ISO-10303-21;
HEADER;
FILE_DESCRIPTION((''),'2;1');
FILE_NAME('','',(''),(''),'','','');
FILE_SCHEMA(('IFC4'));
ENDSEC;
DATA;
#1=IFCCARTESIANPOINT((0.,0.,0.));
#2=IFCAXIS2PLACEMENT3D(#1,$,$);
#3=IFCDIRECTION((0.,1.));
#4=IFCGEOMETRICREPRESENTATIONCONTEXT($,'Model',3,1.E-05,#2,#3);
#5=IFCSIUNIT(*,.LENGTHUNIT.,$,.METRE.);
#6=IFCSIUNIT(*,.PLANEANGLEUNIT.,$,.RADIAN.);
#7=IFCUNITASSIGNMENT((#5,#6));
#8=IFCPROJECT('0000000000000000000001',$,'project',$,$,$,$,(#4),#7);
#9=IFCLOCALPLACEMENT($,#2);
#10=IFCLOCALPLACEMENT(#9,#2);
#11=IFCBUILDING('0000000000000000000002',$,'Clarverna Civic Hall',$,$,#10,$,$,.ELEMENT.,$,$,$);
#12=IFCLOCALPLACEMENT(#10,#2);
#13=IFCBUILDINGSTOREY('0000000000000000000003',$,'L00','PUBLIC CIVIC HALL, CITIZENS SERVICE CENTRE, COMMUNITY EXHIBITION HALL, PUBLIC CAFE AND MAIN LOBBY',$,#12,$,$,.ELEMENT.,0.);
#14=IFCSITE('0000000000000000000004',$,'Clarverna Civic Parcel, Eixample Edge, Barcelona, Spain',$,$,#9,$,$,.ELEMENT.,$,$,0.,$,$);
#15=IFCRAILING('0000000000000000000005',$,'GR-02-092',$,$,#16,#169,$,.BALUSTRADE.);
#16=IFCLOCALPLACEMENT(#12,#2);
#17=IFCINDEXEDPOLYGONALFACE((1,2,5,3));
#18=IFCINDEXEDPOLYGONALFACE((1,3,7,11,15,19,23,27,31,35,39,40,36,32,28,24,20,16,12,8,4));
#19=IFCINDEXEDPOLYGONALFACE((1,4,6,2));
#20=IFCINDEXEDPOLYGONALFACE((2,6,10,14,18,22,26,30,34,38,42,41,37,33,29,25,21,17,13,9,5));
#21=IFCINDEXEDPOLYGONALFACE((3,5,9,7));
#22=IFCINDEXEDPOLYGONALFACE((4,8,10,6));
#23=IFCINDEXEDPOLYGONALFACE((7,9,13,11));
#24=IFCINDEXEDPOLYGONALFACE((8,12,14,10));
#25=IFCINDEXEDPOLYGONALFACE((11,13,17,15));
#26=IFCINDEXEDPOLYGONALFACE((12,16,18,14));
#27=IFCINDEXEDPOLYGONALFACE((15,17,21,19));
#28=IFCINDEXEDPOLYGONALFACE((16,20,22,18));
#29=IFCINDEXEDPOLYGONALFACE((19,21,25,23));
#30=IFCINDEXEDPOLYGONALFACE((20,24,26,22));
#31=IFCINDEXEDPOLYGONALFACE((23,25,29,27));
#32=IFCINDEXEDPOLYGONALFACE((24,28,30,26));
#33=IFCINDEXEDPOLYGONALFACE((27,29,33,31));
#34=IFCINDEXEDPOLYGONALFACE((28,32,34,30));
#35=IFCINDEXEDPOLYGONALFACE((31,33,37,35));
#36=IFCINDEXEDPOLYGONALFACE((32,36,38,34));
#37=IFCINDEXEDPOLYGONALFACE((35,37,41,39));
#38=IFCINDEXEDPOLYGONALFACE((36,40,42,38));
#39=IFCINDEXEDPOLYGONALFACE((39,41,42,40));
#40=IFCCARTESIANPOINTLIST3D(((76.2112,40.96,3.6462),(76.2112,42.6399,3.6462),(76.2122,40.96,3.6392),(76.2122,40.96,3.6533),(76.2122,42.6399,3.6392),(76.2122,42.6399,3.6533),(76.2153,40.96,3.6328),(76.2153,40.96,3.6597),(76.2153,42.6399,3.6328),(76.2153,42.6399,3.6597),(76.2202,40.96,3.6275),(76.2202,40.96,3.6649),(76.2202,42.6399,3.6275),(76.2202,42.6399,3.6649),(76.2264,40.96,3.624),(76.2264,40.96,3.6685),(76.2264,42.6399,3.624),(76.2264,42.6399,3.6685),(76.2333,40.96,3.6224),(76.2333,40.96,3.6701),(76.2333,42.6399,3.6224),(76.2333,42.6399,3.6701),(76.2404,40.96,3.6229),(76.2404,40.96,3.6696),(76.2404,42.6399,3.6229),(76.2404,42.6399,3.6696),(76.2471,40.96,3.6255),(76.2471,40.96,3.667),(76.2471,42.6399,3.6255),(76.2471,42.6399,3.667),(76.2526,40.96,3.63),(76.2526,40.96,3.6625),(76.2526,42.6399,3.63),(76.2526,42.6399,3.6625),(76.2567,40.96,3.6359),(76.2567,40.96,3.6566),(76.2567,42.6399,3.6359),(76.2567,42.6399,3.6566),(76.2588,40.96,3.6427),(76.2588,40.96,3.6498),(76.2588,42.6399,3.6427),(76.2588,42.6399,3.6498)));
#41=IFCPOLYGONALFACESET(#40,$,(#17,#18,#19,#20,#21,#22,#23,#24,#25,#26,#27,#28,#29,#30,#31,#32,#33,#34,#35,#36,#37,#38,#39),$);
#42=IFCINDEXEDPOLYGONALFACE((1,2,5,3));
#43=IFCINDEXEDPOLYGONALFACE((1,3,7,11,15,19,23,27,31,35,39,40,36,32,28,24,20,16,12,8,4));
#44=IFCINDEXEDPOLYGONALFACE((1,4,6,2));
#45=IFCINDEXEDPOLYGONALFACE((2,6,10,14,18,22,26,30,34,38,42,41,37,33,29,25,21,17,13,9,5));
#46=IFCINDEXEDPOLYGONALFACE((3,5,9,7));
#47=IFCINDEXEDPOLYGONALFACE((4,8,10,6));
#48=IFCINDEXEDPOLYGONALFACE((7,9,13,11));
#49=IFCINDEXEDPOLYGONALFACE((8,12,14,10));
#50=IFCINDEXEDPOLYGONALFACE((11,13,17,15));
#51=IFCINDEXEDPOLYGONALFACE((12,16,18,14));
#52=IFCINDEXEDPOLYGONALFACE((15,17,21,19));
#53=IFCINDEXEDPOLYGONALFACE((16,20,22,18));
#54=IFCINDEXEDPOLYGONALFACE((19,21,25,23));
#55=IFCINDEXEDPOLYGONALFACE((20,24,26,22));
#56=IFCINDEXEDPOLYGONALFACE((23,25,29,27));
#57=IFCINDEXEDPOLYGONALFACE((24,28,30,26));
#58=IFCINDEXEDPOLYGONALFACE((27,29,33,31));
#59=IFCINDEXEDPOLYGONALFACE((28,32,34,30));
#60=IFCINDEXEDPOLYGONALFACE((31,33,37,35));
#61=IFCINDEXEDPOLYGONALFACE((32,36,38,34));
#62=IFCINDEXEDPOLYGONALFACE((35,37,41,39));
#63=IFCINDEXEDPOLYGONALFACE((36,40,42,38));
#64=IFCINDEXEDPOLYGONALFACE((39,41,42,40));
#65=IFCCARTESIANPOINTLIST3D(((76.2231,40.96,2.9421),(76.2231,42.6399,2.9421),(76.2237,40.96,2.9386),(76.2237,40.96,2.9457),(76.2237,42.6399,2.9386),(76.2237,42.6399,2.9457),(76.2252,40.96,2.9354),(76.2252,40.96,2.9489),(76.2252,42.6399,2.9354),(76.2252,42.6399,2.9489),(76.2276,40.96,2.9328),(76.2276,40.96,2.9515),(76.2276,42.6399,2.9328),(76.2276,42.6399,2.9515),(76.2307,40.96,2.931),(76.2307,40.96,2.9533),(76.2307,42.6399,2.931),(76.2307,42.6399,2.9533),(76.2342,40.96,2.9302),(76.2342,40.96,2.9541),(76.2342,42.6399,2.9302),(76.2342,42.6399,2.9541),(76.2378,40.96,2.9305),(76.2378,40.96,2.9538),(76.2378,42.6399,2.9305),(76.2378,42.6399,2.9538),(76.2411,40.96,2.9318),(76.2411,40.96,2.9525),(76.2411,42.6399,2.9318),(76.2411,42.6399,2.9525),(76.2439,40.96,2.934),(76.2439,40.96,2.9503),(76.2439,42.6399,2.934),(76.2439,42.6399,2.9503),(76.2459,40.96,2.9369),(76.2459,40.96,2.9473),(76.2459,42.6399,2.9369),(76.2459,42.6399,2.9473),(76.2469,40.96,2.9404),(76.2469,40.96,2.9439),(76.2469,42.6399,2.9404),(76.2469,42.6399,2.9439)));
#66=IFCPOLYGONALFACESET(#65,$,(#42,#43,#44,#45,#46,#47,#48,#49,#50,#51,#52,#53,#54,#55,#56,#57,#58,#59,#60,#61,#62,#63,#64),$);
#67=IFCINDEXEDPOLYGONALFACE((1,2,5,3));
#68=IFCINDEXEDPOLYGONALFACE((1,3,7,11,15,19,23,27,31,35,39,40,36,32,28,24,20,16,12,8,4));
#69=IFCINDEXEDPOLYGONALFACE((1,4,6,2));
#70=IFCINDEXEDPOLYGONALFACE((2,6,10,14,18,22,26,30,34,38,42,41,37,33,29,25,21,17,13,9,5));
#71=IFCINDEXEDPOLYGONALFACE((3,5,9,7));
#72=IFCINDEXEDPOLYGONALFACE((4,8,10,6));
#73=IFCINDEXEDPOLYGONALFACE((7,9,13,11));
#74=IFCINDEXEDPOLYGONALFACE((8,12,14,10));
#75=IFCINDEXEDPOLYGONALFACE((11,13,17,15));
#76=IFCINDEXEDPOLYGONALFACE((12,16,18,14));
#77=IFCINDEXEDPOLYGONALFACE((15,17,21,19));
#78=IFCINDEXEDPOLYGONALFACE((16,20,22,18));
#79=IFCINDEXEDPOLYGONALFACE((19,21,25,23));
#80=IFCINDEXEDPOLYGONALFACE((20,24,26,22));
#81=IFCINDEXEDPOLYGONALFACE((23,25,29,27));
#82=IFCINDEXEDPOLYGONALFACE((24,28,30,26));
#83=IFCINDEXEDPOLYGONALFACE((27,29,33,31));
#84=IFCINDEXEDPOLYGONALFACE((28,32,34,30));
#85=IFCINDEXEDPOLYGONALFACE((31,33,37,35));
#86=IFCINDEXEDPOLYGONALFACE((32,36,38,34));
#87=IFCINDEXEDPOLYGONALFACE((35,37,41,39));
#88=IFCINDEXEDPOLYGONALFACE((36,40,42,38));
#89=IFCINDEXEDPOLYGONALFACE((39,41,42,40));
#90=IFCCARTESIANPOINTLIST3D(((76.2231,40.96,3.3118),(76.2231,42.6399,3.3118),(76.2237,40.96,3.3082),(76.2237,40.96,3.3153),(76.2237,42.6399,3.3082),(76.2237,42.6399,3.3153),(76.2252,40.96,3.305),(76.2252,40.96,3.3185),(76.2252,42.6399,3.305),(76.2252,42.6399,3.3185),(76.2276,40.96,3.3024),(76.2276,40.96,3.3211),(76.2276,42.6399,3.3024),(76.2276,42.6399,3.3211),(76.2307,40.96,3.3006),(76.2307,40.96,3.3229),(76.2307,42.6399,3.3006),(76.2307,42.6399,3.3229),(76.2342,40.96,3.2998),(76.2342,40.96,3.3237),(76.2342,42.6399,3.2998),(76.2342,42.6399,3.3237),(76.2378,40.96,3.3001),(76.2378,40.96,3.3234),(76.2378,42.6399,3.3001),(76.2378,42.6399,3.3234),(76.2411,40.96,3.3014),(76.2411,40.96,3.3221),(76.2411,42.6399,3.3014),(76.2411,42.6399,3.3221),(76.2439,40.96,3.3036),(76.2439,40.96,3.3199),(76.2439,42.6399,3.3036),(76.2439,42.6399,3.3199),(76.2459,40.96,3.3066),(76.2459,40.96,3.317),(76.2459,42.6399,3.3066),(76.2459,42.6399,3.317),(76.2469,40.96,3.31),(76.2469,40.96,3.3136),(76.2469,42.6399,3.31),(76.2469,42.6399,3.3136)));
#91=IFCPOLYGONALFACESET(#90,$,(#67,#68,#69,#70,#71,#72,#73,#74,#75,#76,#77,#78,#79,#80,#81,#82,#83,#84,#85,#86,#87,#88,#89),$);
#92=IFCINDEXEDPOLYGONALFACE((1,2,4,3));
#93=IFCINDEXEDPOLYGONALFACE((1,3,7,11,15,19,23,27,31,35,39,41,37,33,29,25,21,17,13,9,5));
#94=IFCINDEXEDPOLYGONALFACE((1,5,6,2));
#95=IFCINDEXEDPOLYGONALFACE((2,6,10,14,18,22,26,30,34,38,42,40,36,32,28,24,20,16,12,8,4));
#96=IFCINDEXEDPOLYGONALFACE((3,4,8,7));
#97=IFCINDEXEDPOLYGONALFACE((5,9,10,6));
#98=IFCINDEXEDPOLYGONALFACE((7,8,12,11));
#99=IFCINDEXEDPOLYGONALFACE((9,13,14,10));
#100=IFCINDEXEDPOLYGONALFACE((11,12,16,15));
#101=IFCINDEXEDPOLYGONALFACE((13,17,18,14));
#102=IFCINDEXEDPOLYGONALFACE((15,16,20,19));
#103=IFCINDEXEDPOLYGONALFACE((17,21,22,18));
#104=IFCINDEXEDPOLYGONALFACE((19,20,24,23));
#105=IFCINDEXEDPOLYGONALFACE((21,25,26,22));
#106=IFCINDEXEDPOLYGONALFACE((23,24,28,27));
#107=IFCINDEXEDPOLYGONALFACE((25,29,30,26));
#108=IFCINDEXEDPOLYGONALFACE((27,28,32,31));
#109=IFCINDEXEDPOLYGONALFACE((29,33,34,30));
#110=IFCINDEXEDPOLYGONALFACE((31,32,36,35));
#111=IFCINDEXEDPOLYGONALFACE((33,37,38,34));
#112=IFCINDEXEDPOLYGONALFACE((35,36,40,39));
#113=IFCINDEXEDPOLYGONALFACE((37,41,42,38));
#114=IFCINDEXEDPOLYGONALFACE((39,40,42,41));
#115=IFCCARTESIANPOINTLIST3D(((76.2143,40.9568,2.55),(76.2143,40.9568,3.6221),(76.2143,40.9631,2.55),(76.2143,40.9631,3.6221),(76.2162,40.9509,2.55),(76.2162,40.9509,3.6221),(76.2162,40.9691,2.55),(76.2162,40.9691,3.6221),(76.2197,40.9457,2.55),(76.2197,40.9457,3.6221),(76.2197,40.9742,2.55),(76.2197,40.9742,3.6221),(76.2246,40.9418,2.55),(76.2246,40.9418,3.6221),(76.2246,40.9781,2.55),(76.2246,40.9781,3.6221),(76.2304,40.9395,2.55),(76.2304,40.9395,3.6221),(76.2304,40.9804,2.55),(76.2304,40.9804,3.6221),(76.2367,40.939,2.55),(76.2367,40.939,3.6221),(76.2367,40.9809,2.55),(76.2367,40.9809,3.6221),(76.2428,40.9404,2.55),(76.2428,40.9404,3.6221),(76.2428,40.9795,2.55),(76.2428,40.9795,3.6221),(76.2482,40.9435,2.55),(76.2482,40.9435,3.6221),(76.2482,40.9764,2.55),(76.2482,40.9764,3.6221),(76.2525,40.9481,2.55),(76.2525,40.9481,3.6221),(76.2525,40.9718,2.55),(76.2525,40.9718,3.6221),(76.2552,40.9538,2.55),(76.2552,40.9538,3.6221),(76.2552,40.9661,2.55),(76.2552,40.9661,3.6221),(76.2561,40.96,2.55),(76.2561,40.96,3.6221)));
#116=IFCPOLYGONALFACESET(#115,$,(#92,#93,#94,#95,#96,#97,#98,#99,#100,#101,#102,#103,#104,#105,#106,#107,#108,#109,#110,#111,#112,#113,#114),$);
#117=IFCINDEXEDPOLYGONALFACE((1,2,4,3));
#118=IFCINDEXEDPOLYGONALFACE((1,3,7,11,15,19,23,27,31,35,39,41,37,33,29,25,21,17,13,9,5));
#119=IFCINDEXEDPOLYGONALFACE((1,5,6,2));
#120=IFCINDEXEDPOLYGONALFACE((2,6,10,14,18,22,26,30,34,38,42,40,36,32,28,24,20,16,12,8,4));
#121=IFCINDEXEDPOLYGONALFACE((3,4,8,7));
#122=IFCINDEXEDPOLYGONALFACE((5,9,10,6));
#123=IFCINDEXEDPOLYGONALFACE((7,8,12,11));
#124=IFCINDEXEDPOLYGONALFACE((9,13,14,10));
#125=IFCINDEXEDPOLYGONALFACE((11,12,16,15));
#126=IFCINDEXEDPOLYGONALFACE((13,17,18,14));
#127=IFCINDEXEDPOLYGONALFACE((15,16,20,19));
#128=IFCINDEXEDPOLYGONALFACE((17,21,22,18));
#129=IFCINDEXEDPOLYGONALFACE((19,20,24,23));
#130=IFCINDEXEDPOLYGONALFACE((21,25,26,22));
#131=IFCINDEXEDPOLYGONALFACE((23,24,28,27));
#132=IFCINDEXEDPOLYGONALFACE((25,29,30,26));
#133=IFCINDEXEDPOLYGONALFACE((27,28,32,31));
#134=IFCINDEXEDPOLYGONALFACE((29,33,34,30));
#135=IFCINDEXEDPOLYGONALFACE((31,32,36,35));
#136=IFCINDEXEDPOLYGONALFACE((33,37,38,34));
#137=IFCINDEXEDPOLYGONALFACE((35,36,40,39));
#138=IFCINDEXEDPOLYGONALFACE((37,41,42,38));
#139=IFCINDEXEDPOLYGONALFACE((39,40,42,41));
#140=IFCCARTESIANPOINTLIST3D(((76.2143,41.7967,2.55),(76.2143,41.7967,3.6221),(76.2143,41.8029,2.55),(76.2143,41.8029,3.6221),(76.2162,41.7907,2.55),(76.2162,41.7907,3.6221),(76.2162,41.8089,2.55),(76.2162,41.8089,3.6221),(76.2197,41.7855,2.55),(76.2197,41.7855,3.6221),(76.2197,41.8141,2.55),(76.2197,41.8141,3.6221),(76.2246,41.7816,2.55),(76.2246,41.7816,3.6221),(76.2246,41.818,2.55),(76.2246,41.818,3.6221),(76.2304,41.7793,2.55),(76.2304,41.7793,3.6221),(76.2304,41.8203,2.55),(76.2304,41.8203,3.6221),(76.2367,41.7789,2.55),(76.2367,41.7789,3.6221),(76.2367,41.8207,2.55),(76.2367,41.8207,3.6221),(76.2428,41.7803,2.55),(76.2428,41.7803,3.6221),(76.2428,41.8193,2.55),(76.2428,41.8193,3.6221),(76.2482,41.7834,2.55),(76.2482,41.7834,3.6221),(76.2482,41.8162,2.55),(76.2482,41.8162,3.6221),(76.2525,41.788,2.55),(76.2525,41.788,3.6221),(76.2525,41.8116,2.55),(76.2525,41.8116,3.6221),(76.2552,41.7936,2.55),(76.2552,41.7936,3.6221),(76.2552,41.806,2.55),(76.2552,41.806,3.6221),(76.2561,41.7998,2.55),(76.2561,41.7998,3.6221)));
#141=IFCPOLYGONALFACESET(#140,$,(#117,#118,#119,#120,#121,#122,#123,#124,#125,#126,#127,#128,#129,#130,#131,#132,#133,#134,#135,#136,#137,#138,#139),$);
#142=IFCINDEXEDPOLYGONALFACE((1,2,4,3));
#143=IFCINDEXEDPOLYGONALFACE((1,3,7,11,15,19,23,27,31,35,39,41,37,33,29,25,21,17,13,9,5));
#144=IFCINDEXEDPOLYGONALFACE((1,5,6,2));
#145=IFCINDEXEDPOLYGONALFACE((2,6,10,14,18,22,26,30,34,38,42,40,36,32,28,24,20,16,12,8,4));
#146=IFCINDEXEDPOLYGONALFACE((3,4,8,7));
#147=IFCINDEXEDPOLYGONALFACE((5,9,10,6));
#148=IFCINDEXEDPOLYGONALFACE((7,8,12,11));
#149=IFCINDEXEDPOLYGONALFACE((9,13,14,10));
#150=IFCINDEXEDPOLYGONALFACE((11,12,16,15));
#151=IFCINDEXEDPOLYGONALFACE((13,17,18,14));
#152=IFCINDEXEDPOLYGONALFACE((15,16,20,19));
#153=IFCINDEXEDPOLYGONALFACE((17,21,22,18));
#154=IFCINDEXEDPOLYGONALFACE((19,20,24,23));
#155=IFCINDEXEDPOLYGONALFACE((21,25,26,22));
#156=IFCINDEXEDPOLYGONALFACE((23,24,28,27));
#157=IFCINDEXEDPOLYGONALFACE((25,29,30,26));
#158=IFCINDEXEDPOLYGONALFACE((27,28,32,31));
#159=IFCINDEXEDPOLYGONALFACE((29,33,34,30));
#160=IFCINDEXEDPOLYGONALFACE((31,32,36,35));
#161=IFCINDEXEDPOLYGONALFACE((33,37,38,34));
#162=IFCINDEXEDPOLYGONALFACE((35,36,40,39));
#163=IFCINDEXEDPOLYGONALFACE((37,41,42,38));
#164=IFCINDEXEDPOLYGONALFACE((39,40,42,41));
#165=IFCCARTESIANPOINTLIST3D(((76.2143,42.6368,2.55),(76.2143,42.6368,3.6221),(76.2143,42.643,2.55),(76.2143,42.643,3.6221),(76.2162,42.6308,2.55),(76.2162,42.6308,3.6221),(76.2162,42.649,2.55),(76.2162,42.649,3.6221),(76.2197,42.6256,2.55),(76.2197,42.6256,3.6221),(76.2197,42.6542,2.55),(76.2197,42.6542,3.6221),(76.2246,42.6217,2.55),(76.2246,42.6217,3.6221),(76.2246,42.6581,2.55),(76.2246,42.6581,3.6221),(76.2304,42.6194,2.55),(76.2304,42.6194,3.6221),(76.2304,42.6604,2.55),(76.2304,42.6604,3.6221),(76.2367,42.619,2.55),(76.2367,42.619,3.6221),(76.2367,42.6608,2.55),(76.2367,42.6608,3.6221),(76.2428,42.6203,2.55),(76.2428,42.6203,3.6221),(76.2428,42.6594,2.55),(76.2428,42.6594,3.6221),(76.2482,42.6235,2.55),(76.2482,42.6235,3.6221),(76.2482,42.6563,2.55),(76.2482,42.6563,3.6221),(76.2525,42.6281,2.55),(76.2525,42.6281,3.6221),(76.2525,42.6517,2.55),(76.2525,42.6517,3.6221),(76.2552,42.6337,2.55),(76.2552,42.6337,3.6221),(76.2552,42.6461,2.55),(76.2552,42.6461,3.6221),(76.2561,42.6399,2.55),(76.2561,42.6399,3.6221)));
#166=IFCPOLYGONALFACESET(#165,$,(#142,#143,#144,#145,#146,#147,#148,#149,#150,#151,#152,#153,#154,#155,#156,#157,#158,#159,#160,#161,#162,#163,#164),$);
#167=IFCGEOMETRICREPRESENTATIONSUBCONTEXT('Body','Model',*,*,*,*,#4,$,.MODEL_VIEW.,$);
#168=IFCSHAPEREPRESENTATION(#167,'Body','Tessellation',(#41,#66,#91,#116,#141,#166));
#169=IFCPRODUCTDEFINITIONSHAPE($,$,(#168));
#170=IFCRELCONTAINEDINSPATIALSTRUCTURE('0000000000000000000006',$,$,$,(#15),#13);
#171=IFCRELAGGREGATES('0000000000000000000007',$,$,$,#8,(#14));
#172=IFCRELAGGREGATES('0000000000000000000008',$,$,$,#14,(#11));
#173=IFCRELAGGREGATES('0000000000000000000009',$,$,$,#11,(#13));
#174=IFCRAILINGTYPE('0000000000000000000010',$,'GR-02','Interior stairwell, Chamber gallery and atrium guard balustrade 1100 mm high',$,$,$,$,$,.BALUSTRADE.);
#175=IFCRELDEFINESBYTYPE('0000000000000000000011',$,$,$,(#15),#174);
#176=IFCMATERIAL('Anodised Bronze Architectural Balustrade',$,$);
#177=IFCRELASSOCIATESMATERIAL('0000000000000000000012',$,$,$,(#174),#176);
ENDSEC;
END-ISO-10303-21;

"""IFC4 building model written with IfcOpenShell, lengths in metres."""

from ifc_helpers import new_model, si_unit, direction, frame, origin, origin_2d, place, context, subcontext, project, spatial, circle, extrude, material, type_object, element, save


model = new_model("IFC4")

# Units and contexts
model_context = context("Model", 3, precision=1e-05, world=origin(), true_north=direction((0.0, 1.0)))
body_context = subcontext(model_context, "Body", "Model", "MODEL_VIEW")
ifc_project = project(units=[si_unit("LENGTHUNIT", "METRE"), si_unit("PLANEANGLEUNIT", "RADIAN")], contexts=[model_context])

# Site, building, storey
site_placement = place(None, origin())
site = spatial("IfcSite", under=ifc_project, at=site_placement, Name="Clarverna Civic Parcel, Eixample Edge, Barcelona, Spain", CompositionType="ELEMENT", RefElevation=0.0)
building_placement = place(site_placement, origin())
building = spatial("IfcBuilding", under=site, at=building_placement, Name="Clarverna Civic Hall", CompositionType="ELEMENT")
storey_placement = place(building_placement, origin())
storey = spatial("IfcBuildingStorey", under=building, at=storey_placement, Name="L00", Description="PUBLIC CIVIC HALL, CITIZENS SERVICE CENTRE, COMMUNITY EXHIBITION HALL, PUBLIC CAFE AND MAIN LOBBY", CompositionType="ELEMENT", Elevation=0.0)

# Railing
ifc_material_1 = material(Name="Anodised Bronze Architectural Balustrade")
railing_type_1 = type_object("IfcRailingType", Name="GR-02", Description="Interior stairwell, Chamber gallery and atrium guard balustrade 1100 mm high", PredefinedType="BALUSTRADE", material=ifc_material_1)
railing_1_placement = place(storey_placement, frame((76.2351, 40.96, 2.55)))
element("IfcRailing", 1, at=railing_1_placement, inside=storey, type_object=railing_type_1, Name="GR-02-092", PredefinedType="BALUSTRADE", context=body_context, shape_type="SweptSolid", body=[
    extrude(circle(Radius=0.0239, at=origin_2d()), frame((0.0, 0.0, 1.0962), z_axis=(0.0, 1.0, 0.0), x_axis=(-1.0, 0.0, 0.0)), (0.0, 0.0, 1.0), 1.6799),
    extrude(circle(Radius=0.012, at=origin_2d()), frame((0.0, 0.0, 0.3921), z_axis=(0.0, 1.0, 0.0), x_axis=(-1.0, 0.0, 0.0)), (0.0, 0.0, 1.0), 1.6799),
    extrude(circle(Radius=0.012, at=origin_2d()), frame((0.0, 0.0, 0.7617), z_axis=(0.0, 1.0, 0.0), x_axis=(-1.0, 0.0, 0.0)), (0.0, 0.0, 1.0), 1.6799),
    extrude(circle(Radius=0.021, at=origin_2d()), origin(), (0.0, 0.0, 1.0), 1.072),
    extrude(circle(Radius=0.021, at=origin_2d()), frame((0.0, 0.8398, 0.0)), (0.0, 0.0, 1.0), 1.072),
    extrude(circle(Radius=0.021, at=origin_2d()), frame((0.0, 1.6799, 0.0)), (0.0, 0.0, 1.0), 1.072),
])

save(model, "model.ifc")
